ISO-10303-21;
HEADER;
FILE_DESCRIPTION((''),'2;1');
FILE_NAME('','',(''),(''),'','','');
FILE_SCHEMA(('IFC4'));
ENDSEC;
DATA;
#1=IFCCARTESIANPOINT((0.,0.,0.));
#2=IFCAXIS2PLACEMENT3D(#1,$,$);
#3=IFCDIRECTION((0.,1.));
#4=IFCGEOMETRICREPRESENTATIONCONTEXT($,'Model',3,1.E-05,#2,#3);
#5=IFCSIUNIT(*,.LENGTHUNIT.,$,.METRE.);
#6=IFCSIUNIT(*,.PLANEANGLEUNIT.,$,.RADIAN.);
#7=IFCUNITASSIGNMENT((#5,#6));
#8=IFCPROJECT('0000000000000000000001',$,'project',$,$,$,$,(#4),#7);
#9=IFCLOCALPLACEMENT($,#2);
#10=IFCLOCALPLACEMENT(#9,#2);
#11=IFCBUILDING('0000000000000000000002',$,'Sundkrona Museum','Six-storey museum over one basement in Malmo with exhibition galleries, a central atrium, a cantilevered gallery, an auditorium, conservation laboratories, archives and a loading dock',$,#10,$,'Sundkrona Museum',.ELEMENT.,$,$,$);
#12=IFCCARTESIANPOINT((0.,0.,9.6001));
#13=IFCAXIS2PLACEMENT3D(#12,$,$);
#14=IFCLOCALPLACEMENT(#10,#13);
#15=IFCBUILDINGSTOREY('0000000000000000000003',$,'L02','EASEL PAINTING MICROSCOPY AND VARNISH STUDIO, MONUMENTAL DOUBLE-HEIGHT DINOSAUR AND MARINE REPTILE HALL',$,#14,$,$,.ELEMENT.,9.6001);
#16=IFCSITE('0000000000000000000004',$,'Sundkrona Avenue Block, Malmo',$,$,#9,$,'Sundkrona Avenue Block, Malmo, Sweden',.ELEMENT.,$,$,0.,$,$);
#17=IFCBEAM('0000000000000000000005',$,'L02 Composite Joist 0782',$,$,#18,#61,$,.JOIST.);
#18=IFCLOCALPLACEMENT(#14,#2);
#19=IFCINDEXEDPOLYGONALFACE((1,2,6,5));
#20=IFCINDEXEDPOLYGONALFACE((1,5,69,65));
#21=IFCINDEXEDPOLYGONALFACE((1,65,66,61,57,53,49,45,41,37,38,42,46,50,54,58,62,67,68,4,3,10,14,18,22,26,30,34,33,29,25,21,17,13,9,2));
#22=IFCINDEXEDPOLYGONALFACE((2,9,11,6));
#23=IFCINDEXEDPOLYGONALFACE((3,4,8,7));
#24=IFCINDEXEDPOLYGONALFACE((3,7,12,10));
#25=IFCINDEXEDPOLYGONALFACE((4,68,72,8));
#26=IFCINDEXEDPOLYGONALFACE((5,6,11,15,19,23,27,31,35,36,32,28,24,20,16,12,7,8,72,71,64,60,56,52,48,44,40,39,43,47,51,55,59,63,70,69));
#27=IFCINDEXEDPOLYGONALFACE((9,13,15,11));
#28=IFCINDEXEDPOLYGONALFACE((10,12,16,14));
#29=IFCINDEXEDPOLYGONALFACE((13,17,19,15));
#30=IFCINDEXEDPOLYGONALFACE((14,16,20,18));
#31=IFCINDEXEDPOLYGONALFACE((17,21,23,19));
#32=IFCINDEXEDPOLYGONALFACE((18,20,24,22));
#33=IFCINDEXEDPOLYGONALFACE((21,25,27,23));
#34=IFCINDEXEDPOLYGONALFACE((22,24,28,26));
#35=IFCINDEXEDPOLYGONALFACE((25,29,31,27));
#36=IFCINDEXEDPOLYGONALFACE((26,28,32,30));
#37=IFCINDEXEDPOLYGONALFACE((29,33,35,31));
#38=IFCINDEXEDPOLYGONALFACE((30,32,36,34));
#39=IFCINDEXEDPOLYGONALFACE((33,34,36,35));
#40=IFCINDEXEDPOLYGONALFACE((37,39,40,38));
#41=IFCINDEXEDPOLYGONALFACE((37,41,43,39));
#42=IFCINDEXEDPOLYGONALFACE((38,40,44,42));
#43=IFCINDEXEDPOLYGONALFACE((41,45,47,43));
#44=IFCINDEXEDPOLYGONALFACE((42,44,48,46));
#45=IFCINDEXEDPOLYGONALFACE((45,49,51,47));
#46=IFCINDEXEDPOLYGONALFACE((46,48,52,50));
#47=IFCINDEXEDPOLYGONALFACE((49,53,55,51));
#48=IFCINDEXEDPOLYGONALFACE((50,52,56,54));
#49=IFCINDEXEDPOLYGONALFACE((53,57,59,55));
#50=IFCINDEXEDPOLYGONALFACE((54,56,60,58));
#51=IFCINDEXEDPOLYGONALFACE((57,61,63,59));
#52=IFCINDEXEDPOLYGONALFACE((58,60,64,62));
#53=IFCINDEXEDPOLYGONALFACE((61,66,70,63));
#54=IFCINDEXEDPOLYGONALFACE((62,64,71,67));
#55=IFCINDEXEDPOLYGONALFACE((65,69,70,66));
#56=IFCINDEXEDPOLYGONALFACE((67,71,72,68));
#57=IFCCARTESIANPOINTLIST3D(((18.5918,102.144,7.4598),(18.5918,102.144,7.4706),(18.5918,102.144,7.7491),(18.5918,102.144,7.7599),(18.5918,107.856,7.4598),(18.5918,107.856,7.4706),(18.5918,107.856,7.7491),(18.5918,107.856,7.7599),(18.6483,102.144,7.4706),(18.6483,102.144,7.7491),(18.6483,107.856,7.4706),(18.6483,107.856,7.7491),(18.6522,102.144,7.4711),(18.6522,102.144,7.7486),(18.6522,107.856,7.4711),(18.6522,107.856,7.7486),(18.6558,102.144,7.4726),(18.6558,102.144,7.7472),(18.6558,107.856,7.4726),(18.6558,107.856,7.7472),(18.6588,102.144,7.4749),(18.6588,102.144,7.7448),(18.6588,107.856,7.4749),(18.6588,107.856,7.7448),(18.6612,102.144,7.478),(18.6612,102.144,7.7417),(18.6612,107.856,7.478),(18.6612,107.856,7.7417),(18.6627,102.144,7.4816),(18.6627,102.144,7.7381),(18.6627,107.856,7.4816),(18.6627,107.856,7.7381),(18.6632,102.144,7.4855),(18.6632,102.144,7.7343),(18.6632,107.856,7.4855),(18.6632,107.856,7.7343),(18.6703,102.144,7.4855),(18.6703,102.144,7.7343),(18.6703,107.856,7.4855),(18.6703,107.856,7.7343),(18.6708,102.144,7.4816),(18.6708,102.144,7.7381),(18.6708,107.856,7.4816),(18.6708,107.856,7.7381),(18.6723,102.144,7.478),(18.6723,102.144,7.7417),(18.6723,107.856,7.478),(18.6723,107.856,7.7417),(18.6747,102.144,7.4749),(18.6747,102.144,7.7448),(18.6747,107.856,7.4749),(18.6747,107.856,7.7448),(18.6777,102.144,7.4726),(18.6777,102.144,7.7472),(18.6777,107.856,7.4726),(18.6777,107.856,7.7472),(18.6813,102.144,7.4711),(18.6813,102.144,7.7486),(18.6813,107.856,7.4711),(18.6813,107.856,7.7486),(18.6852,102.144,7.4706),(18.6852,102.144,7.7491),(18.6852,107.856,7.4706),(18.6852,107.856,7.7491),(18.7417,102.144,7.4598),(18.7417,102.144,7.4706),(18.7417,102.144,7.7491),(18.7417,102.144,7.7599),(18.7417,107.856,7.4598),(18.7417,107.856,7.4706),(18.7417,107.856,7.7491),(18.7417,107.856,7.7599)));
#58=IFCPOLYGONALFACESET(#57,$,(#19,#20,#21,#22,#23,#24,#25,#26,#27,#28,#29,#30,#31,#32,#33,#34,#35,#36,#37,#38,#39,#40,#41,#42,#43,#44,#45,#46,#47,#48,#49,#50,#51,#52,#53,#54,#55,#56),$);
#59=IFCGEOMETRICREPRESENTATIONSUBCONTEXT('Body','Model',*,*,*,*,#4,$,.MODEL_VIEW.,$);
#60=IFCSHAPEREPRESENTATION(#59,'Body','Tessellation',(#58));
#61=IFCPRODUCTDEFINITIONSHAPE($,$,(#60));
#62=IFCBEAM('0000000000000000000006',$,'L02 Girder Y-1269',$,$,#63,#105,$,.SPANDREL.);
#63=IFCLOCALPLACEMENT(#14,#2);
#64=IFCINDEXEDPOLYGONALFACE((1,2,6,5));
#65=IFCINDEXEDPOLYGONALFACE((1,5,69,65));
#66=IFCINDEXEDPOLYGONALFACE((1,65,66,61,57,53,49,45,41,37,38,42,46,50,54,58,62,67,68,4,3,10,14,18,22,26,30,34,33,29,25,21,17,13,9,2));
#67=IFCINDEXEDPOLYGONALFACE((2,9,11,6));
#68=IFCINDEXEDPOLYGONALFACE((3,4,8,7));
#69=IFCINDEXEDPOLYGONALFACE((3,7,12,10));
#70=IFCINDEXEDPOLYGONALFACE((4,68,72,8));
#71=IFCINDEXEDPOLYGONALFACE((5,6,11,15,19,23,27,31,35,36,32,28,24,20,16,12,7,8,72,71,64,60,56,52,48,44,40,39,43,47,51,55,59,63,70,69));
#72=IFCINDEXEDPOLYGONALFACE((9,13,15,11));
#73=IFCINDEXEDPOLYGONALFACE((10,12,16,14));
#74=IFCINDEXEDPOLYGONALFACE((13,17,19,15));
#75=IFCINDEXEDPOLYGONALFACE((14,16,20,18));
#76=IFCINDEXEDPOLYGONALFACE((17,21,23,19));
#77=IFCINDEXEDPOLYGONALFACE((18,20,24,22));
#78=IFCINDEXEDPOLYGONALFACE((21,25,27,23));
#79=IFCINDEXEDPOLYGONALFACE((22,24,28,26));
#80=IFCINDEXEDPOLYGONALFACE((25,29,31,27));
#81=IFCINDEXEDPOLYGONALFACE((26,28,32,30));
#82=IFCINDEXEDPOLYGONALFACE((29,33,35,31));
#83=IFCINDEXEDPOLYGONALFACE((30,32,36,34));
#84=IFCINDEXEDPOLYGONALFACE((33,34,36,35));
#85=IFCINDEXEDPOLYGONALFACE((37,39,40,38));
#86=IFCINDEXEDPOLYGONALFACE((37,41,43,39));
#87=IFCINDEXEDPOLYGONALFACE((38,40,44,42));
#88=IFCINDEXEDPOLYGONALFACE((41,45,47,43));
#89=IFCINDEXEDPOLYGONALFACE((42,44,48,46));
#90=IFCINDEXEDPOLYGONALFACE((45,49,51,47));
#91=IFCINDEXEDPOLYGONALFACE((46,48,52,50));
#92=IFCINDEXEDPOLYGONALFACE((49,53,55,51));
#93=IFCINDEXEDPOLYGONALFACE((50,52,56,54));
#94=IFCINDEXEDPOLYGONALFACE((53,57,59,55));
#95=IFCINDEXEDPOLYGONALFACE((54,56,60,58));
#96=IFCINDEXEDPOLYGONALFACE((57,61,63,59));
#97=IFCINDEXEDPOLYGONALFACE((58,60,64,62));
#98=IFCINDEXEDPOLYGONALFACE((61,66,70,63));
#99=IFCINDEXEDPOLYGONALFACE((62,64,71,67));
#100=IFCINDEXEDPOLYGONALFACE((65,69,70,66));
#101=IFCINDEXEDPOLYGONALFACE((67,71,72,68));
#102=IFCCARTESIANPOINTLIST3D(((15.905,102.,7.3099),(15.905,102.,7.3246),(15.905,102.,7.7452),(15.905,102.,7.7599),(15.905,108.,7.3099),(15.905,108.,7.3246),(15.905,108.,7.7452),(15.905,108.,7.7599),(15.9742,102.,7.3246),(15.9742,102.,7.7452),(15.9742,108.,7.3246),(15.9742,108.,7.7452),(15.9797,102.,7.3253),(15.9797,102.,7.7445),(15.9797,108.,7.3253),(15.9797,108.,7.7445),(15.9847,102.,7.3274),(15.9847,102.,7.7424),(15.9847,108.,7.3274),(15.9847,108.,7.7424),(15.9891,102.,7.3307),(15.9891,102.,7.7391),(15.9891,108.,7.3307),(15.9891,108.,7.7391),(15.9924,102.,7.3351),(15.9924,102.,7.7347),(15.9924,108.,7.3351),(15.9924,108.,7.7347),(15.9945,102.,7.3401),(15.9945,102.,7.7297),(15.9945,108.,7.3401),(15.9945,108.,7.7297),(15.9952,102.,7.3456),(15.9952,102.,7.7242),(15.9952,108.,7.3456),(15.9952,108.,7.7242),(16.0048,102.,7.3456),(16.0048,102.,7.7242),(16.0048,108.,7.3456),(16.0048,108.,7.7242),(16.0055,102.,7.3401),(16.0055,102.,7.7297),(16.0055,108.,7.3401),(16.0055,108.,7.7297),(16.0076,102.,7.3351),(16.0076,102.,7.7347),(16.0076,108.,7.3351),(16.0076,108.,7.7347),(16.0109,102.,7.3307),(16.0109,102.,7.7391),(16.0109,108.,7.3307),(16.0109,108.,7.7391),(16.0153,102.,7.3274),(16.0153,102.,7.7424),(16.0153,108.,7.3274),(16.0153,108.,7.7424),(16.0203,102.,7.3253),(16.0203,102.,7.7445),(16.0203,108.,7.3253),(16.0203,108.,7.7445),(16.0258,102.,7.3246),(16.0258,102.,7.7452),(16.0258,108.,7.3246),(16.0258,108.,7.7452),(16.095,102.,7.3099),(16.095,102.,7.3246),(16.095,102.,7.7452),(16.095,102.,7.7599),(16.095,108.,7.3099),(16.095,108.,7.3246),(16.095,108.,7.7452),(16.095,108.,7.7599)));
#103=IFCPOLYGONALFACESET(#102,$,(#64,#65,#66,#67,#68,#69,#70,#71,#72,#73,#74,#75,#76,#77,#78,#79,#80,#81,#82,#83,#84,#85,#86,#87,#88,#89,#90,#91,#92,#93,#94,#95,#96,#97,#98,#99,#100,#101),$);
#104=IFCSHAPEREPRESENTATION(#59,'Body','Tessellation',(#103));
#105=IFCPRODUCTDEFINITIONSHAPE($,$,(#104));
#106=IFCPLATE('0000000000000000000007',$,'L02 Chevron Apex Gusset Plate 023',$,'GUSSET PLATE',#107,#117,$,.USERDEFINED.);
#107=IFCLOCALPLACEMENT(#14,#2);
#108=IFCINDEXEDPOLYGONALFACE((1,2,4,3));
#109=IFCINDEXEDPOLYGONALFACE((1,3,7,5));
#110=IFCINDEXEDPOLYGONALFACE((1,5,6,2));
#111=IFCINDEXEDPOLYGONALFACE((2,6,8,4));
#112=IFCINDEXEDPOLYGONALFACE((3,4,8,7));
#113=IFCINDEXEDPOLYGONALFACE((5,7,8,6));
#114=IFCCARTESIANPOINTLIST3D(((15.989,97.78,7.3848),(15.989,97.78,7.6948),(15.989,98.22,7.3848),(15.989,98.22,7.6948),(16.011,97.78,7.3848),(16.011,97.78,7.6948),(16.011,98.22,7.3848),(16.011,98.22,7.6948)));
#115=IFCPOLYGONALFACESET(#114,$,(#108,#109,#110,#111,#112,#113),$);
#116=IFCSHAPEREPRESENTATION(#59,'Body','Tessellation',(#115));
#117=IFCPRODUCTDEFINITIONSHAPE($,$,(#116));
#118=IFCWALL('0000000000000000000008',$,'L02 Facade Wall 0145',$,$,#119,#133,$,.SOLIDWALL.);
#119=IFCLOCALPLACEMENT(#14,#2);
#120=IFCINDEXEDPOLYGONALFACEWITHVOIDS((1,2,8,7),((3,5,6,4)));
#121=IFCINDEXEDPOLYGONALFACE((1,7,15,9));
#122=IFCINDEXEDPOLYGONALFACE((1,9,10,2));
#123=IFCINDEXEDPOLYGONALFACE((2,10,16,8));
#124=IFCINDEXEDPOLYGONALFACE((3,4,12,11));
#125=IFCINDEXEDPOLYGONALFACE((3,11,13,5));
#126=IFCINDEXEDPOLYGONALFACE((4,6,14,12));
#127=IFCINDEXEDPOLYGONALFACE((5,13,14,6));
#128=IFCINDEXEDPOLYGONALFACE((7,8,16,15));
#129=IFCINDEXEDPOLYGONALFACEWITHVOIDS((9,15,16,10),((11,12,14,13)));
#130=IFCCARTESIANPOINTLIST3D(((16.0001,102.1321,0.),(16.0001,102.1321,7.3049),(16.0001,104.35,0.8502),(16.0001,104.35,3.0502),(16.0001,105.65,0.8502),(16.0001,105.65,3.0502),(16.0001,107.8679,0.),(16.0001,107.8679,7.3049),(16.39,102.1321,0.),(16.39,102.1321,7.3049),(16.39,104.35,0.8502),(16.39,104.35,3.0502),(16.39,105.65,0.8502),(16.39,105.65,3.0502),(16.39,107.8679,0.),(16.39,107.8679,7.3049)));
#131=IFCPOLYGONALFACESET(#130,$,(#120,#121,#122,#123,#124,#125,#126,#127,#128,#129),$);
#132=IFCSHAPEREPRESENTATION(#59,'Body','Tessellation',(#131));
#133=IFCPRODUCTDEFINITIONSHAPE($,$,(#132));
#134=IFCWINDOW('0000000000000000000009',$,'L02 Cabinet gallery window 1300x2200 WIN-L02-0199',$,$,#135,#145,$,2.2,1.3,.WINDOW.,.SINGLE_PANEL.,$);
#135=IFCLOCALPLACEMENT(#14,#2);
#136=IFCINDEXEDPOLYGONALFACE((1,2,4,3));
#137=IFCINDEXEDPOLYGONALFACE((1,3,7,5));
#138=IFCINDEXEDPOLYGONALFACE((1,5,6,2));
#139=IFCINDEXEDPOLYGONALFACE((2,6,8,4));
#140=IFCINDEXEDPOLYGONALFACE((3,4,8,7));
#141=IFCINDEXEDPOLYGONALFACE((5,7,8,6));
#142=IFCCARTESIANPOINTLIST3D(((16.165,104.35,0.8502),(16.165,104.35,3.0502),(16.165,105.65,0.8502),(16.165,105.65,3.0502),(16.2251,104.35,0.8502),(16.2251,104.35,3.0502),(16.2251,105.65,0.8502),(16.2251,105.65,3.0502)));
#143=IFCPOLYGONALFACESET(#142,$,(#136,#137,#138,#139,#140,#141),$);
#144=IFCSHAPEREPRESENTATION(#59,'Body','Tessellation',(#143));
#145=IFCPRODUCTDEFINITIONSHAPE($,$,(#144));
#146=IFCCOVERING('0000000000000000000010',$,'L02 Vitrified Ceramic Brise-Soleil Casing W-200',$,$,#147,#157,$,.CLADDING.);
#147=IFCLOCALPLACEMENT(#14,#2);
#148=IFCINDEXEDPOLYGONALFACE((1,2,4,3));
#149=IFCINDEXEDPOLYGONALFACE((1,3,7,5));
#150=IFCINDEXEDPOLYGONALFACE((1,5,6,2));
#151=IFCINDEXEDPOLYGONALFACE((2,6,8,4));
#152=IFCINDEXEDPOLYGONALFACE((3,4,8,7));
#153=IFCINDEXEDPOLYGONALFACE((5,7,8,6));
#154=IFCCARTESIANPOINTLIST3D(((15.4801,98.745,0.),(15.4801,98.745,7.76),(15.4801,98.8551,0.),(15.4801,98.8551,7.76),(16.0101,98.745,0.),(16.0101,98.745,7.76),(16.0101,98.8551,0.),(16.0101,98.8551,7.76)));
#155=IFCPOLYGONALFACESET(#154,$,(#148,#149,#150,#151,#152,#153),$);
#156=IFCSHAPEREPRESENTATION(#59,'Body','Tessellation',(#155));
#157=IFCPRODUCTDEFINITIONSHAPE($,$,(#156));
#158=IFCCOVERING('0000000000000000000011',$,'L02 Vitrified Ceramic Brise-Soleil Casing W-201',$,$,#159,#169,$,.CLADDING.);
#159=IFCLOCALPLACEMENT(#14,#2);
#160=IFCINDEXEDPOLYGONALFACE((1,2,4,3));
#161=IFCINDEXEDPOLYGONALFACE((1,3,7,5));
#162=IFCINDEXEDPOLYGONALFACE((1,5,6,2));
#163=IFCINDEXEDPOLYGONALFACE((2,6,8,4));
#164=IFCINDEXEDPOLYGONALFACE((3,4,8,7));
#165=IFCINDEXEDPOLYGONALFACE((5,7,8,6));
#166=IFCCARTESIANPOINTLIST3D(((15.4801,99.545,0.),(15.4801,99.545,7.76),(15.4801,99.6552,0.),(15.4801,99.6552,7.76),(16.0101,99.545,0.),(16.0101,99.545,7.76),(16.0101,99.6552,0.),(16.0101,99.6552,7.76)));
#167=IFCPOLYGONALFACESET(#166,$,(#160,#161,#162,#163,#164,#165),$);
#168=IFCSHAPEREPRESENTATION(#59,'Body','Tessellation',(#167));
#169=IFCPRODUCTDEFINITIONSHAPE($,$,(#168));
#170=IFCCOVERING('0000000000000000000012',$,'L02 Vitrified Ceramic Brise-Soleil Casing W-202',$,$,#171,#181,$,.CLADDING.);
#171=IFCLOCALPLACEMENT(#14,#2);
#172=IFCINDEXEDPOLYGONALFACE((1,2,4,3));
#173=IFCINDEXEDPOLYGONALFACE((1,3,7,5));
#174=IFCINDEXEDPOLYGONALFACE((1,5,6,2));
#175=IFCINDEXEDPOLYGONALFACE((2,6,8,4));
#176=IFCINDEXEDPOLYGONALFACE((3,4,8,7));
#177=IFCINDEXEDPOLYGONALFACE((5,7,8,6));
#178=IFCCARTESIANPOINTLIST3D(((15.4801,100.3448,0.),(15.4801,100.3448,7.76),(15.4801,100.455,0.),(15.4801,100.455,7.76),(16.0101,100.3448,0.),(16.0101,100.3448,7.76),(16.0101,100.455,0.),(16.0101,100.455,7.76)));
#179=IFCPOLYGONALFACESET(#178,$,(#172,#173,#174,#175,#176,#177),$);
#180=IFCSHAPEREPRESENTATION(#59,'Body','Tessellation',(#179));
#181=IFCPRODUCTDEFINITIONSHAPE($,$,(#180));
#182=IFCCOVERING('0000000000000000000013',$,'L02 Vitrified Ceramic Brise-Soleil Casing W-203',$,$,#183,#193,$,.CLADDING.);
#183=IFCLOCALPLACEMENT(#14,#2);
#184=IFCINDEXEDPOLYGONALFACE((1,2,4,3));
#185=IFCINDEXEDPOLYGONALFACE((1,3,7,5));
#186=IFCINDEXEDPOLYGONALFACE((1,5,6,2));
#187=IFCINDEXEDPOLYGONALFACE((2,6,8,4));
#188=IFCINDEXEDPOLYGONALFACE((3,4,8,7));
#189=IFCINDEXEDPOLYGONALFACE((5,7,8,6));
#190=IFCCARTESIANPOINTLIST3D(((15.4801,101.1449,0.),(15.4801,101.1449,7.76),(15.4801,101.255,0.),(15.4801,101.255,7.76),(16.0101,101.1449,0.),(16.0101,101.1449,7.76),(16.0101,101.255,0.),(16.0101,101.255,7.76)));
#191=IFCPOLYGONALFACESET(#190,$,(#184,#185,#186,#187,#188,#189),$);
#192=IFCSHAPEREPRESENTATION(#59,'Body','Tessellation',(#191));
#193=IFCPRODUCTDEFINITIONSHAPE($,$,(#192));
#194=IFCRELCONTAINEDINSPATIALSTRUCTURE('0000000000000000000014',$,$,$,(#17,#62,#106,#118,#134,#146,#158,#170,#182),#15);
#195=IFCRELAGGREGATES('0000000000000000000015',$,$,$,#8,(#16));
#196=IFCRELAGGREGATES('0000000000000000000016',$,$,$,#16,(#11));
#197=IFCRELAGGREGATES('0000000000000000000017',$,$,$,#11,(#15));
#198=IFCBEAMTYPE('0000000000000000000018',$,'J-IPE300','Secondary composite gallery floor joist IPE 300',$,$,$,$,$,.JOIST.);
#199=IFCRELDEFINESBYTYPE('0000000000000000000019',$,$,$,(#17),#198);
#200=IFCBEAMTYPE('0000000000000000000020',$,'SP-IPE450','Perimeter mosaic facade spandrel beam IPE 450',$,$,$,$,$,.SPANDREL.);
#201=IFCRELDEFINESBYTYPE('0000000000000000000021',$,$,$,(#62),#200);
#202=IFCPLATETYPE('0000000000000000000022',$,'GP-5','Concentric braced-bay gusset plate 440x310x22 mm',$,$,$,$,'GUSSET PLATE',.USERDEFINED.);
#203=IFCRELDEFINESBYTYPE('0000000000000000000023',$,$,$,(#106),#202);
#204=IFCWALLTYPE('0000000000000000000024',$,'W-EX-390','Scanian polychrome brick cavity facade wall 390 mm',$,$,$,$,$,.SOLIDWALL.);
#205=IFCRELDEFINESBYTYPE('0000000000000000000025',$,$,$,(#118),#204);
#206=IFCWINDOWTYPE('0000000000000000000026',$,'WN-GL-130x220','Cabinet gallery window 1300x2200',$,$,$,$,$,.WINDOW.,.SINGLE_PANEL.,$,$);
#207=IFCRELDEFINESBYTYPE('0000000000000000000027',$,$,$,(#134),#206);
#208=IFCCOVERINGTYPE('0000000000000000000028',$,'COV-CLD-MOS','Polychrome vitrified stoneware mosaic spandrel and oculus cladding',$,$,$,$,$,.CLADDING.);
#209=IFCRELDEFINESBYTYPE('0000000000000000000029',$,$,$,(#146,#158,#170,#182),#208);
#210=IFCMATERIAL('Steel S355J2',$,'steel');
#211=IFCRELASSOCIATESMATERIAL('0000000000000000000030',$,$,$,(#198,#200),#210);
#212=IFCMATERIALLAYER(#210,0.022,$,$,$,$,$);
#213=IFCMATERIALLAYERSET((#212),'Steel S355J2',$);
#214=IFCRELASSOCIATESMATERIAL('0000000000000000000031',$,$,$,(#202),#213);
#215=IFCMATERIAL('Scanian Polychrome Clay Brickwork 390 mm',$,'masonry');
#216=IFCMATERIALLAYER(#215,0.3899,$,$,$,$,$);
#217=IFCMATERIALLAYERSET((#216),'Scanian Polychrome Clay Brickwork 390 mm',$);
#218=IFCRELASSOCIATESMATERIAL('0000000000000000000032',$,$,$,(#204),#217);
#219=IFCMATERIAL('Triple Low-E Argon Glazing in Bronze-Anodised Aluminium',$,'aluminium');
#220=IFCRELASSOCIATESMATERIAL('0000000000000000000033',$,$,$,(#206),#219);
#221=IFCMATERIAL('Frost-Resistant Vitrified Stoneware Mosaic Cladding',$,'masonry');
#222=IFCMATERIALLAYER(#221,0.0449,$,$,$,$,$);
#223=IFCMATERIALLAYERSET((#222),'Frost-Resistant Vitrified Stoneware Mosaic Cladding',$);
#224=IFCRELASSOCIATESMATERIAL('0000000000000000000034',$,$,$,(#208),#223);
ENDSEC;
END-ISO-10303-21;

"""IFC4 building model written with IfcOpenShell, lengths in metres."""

from ifc_helpers import new_model, si_unit, direction, frame, frame_2d, origin, origin_2d, place, context, subcontext, project, spatial, rectangle, i_section, extrude, material, layer, layer_set, material_profile, profile_set, type_object, element, fill, save


model = new_model("IFC4")

# Units and contexts
model_context = context("Model", 3, precision=1e-05, world=origin(), true_north=direction((0.0, 1.0)))
body_context = subcontext(model_context, "Body", "Model", "MODEL_VIEW")
ifc_project = project(units=[si_unit("LENGTHUNIT", "METRE"), si_unit("PLANEANGLEUNIT", "RADIAN")], contexts=[model_context])

# Site, building, storey
site_placement = place(None, origin())
site = spatial("IfcSite", under=ifc_project, at=site_placement, Name="Sundkrona Avenue Block, Malmo", LongName="Sundkrona Avenue Block, Malmo, Sweden", CompositionType="ELEMENT", RefElevation=0.0)
building_placement = place(site_placement, origin())
building = spatial("IfcBuilding", under=site, at=building_placement, Name="Sundkrona Museum", Description="Six-storey museum over one basement in Malmo with exhibition galleries, a central atrium, a cantilevered gallery, an auditorium, conservation laboratories, archives and a loading dock", LongName="Sundkrona Museum", CompositionType="ELEMENT")
storey_placement = place(building_placement, frame((0.0, 0.0, 9.6001)))
storey = spatial("IfcBuildingStorey", under=building, at=storey_placement, Name="L02", Description="EASEL PAINTING MICROSCOPY AND VARNISH STUDIO, MONUMENTAL DOUBLE-HEIGHT DINOSAUR AND MARINE REPTILE HALL", CompositionType="ELEMENT", Elevation=9.6001)

# Shared definitions
ifc_material_1 = material(Name="Steel S355J2", Category="steel")

# Beams
ifc_material_profile_1 = material_profile(ifc_material_1, i_section(OverallWidth=0.1499, OverallDepth=0.3, WebThickness=0.0071, FlangeThickness=0.0107, FilletRadius=0.0149, at=origin_2d()), Name="IPE 300")
ifc_profile_set_1 = profile_set([ifc_material_profile_1], Name="Steel S355J2")
beam_type_1 = type_object("IfcBeamType", Name="J-IPE300", Description="Secondary composite gallery floor joist IPE 300", PredefinedType="JOIST", material=ifc_profile_set_1)
beam_1_placement = place(storey_placement, frame((18.6667, 102.144, 7.6099), z_axis=(0.0, 1.0, 0.0), x_axis=(-1.0, 0.0, 0.0)))
element("IfcBeam", 1, at=beam_1_placement, inside=storey, type_object=beam_type_1, Name="L02 Composite Joist 0782", PredefinedType="JOIST", context=body_context, shape_type="SweptSolid", body=[
    extrude(i_section(OverallWidth=0.1499, OverallDepth=0.3, WebThickness=0.0071, FlangeThickness=0.0107, FilletRadius=0.0149, at=origin_2d()), origin(), (0.0, 0.0, 1.0), 5.7119),
])
ifc_material_profile_2 = material_profile(ifc_material_1, i_section(OverallWidth=0.1899, OverallDepth=0.45, WebThickness=0.0095, FlangeThickness=0.0146, FilletRadius=0.021, at=origin_2d()), Name="IPE 450")
ifc_profile_set_2 = profile_set([ifc_material_profile_2], Name="Steel S355J2")
beam_type_2 = type_object("IfcBeamType", Name="SP-IPE450", Description="Perimeter mosaic facade spandrel beam IPE 450", PredefinedType="SPANDREL", material=ifc_profile_set_2)
beam_2_placement = place(storey_placement, frame((16.0, 102.0, 7.5349), z_axis=(0.0, 1.0, 0.0), x_axis=(-1.0, 0.0, 0.0)))
element("IfcBeam", 2, at=beam_2_placement, inside=storey, type_object=beam_type_2, Name="L02 Girder Y-1269", PredefinedType="SPANDREL", context=body_context, shape_type="SweptSolid", body=[
    extrude(i_section(OverallWidth=0.1899, OverallDepth=0.45, WebThickness=0.0095, FlangeThickness=0.0146, FilletRadius=0.021, at=origin_2d()), origin(), (0.0, 0.0, 1.0), 6.0),
])

# Plate
ifc_layer_1 = layer(ifc_material_1, 0.022)
ifc_layer_set_1 = layer_set([ifc_layer_1], Name="Steel S355J2")
plate_type = type_object("IfcPlateType", Name="GP-5", Description="Concentric braced-bay gusset plate 440x310x22 mm", ElementType="GUSSET PLATE", PredefinedType="USERDEFINED", material=ifc_layer_set_1)
plate_placement = place(storey_placement, frame((16.0, 98.0, 7.3848), z_axis=(0.0, 0.0, 1.0), x_axis=(0.0, 1.0, 0.0)))
element("IfcPlate", 3, at=plate_placement, inside=storey, type_object=plate_type, Name="L02 Chevron Apex Gusset Plate 023", ObjectType="GUSSET PLATE", PredefinedType="USERDEFINED", context=body_context, shape_type="SweptSolid", body=[
    extrude(rectangle(XDim=0.4399, YDim=0.022, at=origin_2d()), origin(), (0.0, 0.0, 1.0), 0.3101),
])

# Wall, opening, window
ifc_material_2 = material(Name="Scanian Polychrome Clay Brickwork 390 mm", Category="masonry")
ifc_layer_2 = layer(ifc_material_2, 0.3899)
ifc_layer_set_2 = layer_set([ifc_layer_2], Name="Scanian Polychrome Clay Brickwork 390 mm")
wall_type = type_object("IfcWallType", Name="W-EX-390", Description="Scanian polychrome brick cavity facade wall 390 mm", PredefinedType="SOLIDWALL", material=ifc_layer_set_2)
wall_placement = place(storey_placement, frame((16.1951, 102.1321, 0.0), z_axis=(0.0, 0.0, 1.0), x_axis=(0.0, 1.0, 0.0)))
wall = element("IfcWall", 4, at=wall_placement, inside=storey, type_object=wall_type, Name="L02 Facade Wall 0145", PredefinedType="SOLIDWALL", context=body_context, shape_type="SweptSolid", body=[
    extrude(rectangle(XDim=5.7358, YDim=0.3899, at=frame_2d((2.8679, 0.0))), origin(), (0.0, 0.0, 1.0), 7.3049),
])
opening_placement = place(wall_placement, frame((2.218, 0.0, 0.8501)))
opening = element("IfcOpeningElement", 5, at=opening_placement, cuts=wall, PredefinedType="OPENING", context=body_context, shape_type="SweptSolid", body=[
    extrude(rectangle(XDim=1.3, YDim=2.2, at=frame_2d((0.6499, 1.1001))), frame((0.0, 0.2048, 0.0), z_axis=(0.0, -1.0, 0.0), x_axis=(1.0, 0.0, 0.0)), (0.0, 0.0, 1.0), 0.4099),
])
ifc_material_3 = material(Name="Triple Low-E Argon Glazing in Bronze-Anodised Aluminium", Category="aluminium")
window_type = type_object("IfcWindowType", Name="WN-GL-130x220", Description="Cabinet gallery window 1300x2200", PartitioningType="SINGLE_PANEL", PredefinedType="WINDOW", material=ifc_material_3)
window_placement = place(opening_placement, origin())
window = element("IfcWindow", 6, at=window_placement, inside=storey, type_object=window_type, Name="L02 Cabinet gallery window 1300x2200 WIN-L02-0199", OverallHeight=2.2, OverallWidth=1.3, PartitioningType="SINGLE_PANEL", PredefinedType="WINDOW", context=body_context, shape_type="SweptSolid", body=[
    extrude(rectangle(XDim=1.3, YDim=2.2, at=frame_2d((0.6499, 1.1001))), frame((0.0, 0.03, 0.0), z_axis=(0.0, -1.0, 0.0), x_axis=(1.0, 0.0, 0.0)), (0.0, 0.0, 1.0), 0.0601),
])
fill(opening, window)

# Coverings
ifc_material_4 = material(Name="Frost-Resistant Vitrified Stoneware Mosaic Cladding", Category="masonry")
ifc_layer_3 = layer(ifc_material_4, 0.0449)
ifc_layer_set_3 = layer_set([ifc_layer_3], Name="Frost-Resistant Vitrified Stoneware Mosaic Cladding")
covering_type = type_object("IfcCoveringType", Name="COV-CLD-MOS", Description="Polychrome vitrified stoneware mosaic spandrel and oculus cladding", PredefinedType="CLADDING", material=ifc_layer_set_3)
for number, where, z_axis, x_axis, name in (
    (7, (15.7451, 98.8, 0.0), (0.0, 0.0, 1.0), (1.0, 0.0, 0.0), "L02 Vitrified Ceramic Brise-Soleil Casing W-200"),
    (8, (15.7451, 99.6001, 0.0), (0.0, 0.0, 1.0), (1.0, 0.0, 0.0), "L02 Vitrified Ceramic Brise-Soleil Casing W-201"),
    (9, (15.7451, 100.3999, 0.0), (0.0, 0.0, 1.0), (1.0, 0.0, 0.0), "L02 Vitrified Ceramic Brise-Soleil Casing W-202"),
    (10, (15.7451, 101.2, 0.0), (0.0, 0.0, 1.0), (1.0, 0.0, 0.0), "L02 Vitrified Ceramic Brise-Soleil Casing W-203"),
):
    element("IfcCovering", number, at=place(storey_placement, frame(where, z_axis=z_axis, x_axis=x_axis)), inside=storey, type_object=covering_type, Name=name, PredefinedType="CLADDING", context=body_context, shape_type="SweptSolid", body=[
        extrude(rectangle(XDim=0.53, YDim=0.1101, at=origin_2d()), origin(), (0.0, 0.0, 1.0), 7.76),
    ])

save(model, "model.ifc")
